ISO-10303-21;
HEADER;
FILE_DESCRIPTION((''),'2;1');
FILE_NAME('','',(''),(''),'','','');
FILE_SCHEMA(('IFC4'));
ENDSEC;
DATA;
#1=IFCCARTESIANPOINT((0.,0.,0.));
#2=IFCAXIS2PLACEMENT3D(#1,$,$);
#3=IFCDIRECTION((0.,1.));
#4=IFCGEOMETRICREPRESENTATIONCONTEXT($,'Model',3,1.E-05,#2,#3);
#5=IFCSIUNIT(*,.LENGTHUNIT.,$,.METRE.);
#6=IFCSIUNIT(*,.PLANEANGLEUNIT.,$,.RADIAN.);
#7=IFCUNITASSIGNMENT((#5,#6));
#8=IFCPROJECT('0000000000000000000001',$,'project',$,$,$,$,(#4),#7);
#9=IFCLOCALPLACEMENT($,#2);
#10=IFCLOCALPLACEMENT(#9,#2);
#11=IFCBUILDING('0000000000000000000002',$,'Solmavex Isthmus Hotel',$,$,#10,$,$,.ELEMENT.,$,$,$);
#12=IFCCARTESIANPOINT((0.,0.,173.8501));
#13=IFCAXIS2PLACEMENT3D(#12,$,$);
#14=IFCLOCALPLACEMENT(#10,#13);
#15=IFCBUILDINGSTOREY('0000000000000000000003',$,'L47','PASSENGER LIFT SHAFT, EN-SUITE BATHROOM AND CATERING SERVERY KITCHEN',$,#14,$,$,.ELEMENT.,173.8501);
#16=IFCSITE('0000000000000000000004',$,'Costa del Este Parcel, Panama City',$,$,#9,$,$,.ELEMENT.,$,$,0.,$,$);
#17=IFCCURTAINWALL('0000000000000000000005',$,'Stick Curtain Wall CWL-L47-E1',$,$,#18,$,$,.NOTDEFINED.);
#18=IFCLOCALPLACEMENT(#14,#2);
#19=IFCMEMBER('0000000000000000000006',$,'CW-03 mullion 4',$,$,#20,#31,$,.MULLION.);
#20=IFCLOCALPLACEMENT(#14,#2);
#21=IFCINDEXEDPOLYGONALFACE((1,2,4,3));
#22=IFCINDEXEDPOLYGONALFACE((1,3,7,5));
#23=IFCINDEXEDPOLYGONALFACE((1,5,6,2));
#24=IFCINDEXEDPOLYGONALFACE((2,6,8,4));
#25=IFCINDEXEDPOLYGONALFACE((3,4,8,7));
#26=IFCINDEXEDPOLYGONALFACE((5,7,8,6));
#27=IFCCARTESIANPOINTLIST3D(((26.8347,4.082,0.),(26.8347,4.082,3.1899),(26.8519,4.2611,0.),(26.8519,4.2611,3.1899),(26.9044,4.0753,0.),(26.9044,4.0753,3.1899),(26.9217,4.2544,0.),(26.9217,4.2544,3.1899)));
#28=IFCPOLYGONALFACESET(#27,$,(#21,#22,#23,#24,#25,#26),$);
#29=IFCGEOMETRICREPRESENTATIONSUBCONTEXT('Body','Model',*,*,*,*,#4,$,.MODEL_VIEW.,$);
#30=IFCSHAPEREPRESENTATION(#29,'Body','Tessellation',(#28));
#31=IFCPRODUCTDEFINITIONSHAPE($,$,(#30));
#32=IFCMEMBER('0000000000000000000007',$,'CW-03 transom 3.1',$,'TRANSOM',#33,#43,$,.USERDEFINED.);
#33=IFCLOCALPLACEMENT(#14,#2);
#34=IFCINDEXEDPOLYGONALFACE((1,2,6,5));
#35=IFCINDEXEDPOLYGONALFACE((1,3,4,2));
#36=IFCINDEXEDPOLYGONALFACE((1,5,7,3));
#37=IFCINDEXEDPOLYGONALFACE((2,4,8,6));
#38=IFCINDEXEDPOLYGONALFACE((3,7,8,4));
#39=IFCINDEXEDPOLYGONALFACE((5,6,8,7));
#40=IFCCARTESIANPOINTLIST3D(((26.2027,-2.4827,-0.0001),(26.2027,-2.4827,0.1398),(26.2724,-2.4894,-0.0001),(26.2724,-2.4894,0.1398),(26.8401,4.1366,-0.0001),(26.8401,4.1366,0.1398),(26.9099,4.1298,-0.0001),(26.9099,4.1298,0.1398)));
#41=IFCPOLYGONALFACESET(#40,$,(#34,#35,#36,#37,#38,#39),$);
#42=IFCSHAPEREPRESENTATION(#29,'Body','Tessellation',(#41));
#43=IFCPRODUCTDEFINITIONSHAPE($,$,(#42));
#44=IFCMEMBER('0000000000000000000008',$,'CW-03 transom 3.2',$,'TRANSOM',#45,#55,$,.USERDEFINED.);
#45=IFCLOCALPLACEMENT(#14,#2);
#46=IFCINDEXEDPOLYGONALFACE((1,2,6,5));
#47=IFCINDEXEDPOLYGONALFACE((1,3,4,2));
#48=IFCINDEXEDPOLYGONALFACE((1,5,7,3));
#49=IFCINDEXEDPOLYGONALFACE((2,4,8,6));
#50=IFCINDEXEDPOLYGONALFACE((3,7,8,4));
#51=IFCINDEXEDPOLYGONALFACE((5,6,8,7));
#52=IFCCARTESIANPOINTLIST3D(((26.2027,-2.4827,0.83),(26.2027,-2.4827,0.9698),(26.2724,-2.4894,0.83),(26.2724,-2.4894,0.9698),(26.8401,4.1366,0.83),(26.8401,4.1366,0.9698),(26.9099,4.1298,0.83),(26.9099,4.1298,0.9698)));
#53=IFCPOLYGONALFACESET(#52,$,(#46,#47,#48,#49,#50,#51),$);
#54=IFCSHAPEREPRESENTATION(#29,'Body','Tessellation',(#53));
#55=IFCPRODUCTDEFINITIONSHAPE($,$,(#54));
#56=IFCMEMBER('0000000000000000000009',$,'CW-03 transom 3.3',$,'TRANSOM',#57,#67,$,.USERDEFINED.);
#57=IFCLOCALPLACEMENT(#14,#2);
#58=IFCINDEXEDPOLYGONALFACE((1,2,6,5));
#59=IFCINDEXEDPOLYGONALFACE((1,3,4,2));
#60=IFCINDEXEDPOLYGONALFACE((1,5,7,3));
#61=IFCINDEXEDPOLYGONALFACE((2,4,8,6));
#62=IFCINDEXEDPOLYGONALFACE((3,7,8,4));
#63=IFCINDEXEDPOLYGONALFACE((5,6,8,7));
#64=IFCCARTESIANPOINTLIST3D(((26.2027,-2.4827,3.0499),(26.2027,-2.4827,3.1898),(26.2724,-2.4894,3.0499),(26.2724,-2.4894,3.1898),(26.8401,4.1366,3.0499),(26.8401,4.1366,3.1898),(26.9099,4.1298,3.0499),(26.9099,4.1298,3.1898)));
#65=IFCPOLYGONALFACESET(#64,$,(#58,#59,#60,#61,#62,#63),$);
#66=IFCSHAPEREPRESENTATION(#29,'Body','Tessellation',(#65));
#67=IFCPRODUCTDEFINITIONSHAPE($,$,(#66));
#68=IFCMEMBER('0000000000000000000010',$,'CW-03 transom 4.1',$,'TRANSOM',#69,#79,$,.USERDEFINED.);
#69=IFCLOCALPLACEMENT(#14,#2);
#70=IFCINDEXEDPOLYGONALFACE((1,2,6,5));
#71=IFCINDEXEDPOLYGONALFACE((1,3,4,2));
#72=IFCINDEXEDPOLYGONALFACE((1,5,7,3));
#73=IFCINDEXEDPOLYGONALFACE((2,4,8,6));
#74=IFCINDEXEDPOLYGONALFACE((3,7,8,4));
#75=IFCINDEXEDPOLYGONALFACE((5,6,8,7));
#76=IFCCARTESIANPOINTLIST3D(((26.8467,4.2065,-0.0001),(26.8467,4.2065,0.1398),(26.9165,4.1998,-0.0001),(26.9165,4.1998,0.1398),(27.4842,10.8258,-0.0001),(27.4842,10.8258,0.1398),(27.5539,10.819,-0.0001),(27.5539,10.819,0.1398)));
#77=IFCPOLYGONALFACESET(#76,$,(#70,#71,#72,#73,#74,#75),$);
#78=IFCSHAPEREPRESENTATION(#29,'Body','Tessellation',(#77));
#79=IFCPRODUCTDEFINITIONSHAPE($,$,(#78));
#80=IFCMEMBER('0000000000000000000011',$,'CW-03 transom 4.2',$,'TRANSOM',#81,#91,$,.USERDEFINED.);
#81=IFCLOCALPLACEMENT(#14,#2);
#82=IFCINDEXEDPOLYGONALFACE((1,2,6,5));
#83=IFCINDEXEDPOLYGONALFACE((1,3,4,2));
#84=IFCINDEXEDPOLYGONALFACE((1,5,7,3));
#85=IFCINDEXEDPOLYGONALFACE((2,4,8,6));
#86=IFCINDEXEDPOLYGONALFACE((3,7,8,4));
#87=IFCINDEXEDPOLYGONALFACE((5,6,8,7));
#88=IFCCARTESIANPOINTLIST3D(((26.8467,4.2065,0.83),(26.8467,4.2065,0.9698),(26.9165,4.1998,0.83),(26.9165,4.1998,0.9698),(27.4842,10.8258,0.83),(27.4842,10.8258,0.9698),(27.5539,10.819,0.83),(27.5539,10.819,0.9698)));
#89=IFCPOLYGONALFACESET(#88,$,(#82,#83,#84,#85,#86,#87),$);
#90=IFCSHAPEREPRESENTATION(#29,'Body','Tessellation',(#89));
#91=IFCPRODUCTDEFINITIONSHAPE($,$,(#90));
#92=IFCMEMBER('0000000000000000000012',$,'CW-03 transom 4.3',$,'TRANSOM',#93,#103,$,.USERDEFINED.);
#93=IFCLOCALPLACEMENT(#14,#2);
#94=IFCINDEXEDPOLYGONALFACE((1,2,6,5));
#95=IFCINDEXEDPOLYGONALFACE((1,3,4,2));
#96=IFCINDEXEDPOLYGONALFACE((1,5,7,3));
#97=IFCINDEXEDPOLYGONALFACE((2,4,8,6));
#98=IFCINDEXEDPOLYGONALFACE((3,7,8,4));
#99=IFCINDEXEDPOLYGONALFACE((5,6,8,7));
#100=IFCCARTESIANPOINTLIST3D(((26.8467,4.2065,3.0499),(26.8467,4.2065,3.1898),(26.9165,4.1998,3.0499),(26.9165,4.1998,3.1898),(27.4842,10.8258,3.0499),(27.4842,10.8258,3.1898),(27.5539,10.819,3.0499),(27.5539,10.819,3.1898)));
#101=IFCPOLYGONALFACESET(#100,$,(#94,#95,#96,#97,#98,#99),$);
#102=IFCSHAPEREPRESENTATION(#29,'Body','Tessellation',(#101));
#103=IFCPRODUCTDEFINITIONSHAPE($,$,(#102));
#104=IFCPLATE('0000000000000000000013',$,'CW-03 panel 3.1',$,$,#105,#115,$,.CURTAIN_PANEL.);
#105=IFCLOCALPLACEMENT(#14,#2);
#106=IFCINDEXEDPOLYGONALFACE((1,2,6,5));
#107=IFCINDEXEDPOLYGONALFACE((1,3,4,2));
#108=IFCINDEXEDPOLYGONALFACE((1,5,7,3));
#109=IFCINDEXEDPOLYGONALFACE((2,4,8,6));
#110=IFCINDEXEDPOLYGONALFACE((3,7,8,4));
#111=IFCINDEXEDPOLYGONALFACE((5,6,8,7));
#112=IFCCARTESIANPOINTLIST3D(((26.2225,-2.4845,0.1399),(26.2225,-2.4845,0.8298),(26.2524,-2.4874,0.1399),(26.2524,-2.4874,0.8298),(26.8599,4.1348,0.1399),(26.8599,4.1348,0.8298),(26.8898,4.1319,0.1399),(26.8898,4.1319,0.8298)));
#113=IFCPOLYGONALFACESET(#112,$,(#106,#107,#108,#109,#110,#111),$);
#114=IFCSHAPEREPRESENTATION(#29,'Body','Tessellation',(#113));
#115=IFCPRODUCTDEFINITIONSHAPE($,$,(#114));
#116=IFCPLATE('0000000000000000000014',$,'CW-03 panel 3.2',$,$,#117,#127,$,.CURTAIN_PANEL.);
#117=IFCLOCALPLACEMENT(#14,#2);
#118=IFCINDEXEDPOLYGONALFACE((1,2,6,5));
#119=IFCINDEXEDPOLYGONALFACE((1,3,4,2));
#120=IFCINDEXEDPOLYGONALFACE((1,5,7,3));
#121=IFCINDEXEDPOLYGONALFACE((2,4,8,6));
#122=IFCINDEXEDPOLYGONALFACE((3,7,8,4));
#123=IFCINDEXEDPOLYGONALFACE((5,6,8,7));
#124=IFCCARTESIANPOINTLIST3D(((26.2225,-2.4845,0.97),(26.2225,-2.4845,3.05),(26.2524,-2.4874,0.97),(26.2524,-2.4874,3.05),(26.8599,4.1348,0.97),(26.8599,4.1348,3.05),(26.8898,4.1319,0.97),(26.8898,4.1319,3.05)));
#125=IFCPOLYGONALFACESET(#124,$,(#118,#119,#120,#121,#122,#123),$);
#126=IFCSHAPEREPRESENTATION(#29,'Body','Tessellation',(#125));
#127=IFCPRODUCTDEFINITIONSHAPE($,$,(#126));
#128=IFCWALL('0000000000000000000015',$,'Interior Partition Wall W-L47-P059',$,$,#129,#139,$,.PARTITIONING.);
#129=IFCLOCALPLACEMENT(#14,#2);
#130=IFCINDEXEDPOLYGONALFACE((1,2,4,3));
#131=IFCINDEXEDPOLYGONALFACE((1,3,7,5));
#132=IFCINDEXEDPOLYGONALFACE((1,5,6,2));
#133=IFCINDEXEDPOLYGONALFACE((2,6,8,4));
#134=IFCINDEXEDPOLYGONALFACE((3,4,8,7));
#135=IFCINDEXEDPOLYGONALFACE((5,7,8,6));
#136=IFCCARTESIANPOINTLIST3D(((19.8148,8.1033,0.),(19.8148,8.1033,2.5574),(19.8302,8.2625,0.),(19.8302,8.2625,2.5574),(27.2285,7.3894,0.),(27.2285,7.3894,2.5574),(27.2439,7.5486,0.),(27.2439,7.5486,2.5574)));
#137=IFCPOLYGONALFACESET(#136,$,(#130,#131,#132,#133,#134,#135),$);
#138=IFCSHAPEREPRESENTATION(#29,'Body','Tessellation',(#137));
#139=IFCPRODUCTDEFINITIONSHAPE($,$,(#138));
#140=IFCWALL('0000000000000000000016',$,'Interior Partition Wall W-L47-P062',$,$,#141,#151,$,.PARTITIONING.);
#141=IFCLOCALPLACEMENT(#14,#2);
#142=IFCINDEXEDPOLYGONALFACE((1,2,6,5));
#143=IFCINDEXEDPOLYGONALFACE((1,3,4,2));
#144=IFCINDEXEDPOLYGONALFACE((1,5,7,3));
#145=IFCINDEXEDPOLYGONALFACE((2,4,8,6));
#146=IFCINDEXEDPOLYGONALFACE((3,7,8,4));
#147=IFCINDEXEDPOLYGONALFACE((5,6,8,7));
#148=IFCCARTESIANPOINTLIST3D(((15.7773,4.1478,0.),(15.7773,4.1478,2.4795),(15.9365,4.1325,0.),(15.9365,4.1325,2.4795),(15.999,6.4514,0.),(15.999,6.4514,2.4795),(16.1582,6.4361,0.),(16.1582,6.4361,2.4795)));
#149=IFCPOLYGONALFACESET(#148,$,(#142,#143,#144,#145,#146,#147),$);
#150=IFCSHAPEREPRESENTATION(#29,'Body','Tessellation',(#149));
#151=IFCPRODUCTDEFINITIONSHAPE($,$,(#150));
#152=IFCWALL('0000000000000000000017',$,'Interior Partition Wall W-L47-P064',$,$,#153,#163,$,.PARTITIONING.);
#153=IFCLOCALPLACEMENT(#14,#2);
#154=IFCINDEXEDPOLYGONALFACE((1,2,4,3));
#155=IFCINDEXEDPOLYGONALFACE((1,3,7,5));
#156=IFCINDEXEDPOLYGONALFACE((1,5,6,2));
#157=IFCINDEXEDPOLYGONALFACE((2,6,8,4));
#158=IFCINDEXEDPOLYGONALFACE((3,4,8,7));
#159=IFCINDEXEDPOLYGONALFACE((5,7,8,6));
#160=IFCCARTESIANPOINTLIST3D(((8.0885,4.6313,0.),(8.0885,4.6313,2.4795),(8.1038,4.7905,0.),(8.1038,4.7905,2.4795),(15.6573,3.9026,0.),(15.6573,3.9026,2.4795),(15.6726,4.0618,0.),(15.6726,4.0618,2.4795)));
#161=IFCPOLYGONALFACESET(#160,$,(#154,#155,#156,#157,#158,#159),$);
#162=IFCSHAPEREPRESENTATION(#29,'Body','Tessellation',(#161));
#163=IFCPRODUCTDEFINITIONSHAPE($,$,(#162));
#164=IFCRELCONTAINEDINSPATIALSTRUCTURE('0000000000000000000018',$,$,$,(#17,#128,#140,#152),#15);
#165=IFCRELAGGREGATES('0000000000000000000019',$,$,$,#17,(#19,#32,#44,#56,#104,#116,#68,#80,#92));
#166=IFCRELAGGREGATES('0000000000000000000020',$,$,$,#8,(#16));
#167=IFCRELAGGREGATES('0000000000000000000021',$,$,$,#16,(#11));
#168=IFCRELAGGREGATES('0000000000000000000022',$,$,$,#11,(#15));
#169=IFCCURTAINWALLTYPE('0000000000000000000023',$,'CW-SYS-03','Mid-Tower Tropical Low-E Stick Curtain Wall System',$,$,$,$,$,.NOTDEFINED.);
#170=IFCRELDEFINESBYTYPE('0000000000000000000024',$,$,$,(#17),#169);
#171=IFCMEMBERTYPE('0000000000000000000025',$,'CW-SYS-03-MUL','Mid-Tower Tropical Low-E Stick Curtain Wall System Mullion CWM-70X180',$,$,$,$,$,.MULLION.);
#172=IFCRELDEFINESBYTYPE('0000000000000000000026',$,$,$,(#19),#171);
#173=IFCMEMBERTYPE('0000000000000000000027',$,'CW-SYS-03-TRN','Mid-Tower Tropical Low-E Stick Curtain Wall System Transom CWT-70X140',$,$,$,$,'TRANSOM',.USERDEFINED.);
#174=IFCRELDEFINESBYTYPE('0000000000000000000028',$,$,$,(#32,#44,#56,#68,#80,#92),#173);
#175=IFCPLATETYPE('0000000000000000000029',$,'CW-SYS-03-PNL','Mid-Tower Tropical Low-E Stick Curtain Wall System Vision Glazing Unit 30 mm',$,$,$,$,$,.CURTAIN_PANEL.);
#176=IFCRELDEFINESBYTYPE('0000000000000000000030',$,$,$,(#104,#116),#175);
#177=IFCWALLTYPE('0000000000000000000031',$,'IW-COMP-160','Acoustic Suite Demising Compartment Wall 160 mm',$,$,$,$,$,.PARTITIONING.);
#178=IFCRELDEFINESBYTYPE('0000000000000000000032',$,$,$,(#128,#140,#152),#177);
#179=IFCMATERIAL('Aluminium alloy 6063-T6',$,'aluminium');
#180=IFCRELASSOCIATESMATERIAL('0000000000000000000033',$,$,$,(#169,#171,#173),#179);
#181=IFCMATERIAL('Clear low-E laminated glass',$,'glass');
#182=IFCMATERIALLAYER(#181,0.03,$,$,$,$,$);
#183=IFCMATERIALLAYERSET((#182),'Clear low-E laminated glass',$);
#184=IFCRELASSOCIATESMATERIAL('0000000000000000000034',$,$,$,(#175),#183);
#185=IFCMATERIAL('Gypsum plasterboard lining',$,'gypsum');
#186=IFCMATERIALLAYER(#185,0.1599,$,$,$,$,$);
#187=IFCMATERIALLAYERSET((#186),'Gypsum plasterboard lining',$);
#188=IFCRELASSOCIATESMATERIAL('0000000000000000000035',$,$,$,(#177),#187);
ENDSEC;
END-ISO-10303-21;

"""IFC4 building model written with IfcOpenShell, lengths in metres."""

from ifc_helpers import new_model, si_unit, direction, frame, frame_2d, origin, origin_2d, place, context, subcontext, project, spatial, rectangle, extrude, material, layer, layer_set, material_profile, profile_set, type_object, element, aggregate, save


model = new_model("IFC4")

# Units and contexts
model_context = context("Model", 3, precision=1e-05, world=origin(), true_north=direction((0.0, 1.0)))
body_context = subcontext(model_context, "Body", "Model", "MODEL_VIEW")
ifc_project = project(units=[si_unit("LENGTHUNIT", "METRE"), si_unit("PLANEANGLEUNIT", "RADIAN")], contexts=[model_context])

# Site, building, storey
site_placement = place(None, origin())
site = spatial("IfcSite", under=ifc_project, at=site_placement, Name="Costa del Este Parcel, Panama City", CompositionType="ELEMENT", RefElevation=0.0)
building_placement = place(site_placement, origin())
building = spatial("IfcBuilding", under=site, at=building_placement, Name="Solmavex Isthmus Hotel", CompositionType="ELEMENT")
storey_placement = place(building_placement, frame((0.0, 0.0, 173.8501)))
storey = spatial("IfcBuildingStorey", under=building, at=storey_placement, Name="L47", Description="PASSENGER LIFT SHAFT, EN-SUITE BATHROOM AND CATERING SERVERY KITCHEN", CompositionType="ELEMENT", Elevation=173.8501)

# Curtain wall, members, plates
ifc_material_1 = material(Name="Aluminium alloy 6063-T6", Category="aluminium")
curtain_wall_type = type_object("IfcCurtainWallType", Name="CW-SYS-03", Description="Mid-Tower Tropical Low-E Stick Curtain Wall System", PredefinedType="NOTDEFINED", material=ifc_material_1)
curtain_wall_placement = place(storey_placement, origin())
curtain_wall = element("IfcCurtainWall", 1, at=curtain_wall_placement, inside=storey, type_object=curtain_wall_type, Name="Stick Curtain Wall CWL-L47-E1", PredefinedType="NOTDEFINED")
ifc_material_profile_1 = material_profile(ifc_material_1, rectangle(XDim=0.0701, YDim=0.1799, at=origin_2d()), Name="CWM-70X180")
ifc_profile_set_1 = profile_set([ifc_material_profile_1], Name="Aluminium alloy 6063-T6")
member_type_1 = type_object("IfcMemberType", Name="CW-SYS-03-MUL", Description="Mid-Tower Tropical Low-E Stick Curtain Wall System Mullion CWM-70X180", PredefinedType="MULLION", material=ifc_profile_set_1)
member_1_placement = place(storey_placement, frame((26.8782, 4.1682, 0.0), z_axis=(0.0, 0.0, 1.0), x_axis=(-0.995396, 0.095846, 0.0)))
member_1 = element("IfcMember", 2, at=member_1_placement, type_object=member_type_1, Name="CW-03 mullion 4", PredefinedType="MULLION", context=body_context, shape_type="SweptSolid", body=[
    extrude(rectangle(XDim=0.0701, YDim=0.1799, at=origin_2d()), origin(), (0.0, 0.0, 1.0), 3.1899),
])
ifc_material_profile_2 = material_profile(ifc_material_1, rectangle(XDim=0.0701, YDim=0.1399, at=origin_2d()), Name="CWT-70X140")
ifc_profile_set_2 = profile_set([ifc_material_profile_2], Name="Aluminium alloy 6063-T6")
member_type_2 = type_object("IfcMemberType", Name="CW-SYS-03-TRN", Description="Mid-Tower Tropical Low-E Stick Curtain Wall System Transom CWT-70X140", ElementType="TRANSOM", PredefinedType="USERDEFINED", material=ifc_profile_set_2)
member_2_placement = place(storey_placement, frame((26.2375, -2.4861, 0.0698), z_axis=(0.095857, 0.995395, 0.0), x_axis=(-0.995395, 0.095857, 0.0)))
member_2 = element("IfcMember", 3, at=member_2_placement, type_object=member_type_2, Name="CW-03 transom 3.1", ObjectType="TRANSOM", PredefinedType="USERDEFINED", context=body_context, shape_type="SweptSolid", body=[
    extrude(rectangle(XDim=0.0701, YDim=0.1399, at=origin_2d()), origin(), (0.0, 0.0, 1.0), 6.6499),
])
member_3_placement = place(storey_placement, frame((26.2375, -2.4861, 0.8999), z_axis=(0.095857, 0.995395, 0.0), x_axis=(-0.995395, 0.095857, 0.0)))
member_3 = element("IfcMember", 4, at=member_3_placement, type_object=member_type_2, Name="CW-03 transom 3.2", ObjectType="TRANSOM", PredefinedType="USERDEFINED", context=body_context, shape_type="SweptSolid", body=[
    extrude(rectangle(XDim=0.0701, YDim=0.1399, at=origin_2d()), origin(), (0.0, 0.0, 1.0), 6.6499),
])
member_4_placement = place(storey_placement, frame((26.2375, -2.4861, 3.1199), z_axis=(0.095857, 0.995395, 0.0), x_axis=(-0.995395, 0.095857, 0.0)))
member_4 = element("IfcMember", 5, at=member_4_placement, type_object=member_type_2, Name="CW-03 transom 3.3", ObjectType="TRANSOM", PredefinedType="USERDEFINED", context=body_context, shape_type="SweptSolid", body=[
    extrude(rectangle(XDim=0.0701, YDim=0.1399, at=origin_2d()), origin(), (0.0, 0.0, 1.0), 6.6499),
])
member_5_placement = place(storey_placement, frame((26.8816, 4.2031, 0.0698), z_axis=(0.095857, 0.995395, 0.0), x_axis=(-0.995395, 0.095857, 0.0)))
member_5 = element("IfcMember", 6, at=member_5_placement, type_object=member_type_2, Name="CW-03 transom 4.1", ObjectType="TRANSOM", PredefinedType="USERDEFINED", context=body_context, shape_type="SweptSolid", body=[
    extrude(rectangle(XDim=0.0701, YDim=0.1399, at=origin_2d()), origin(), (0.0, 0.0, 1.0), 6.6499),
])
member_6_placement = place(storey_placement, frame((26.8816, 4.2031, 0.8999), z_axis=(0.095857, 0.995395, 0.0), x_axis=(-0.995395, 0.095857, 0.0)))
member_6 = element("IfcMember", 7, at=member_6_placement, type_object=member_type_2, Name="CW-03 transom 4.2", ObjectType="TRANSOM", PredefinedType="USERDEFINED", context=body_context, shape_type="SweptSolid", body=[
    extrude(rectangle(XDim=0.0701, YDim=0.1399, at=origin_2d()), origin(), (0.0, 0.0, 1.0), 6.6499),
])
member_7_placement = place(storey_placement, frame((26.8816, 4.2031, 3.1199), z_axis=(0.095857, 0.995395, 0.0), x_axis=(-0.995395, 0.095857, 0.0)))
member_7 = element("IfcMember", 8, at=member_7_placement, type_object=member_type_2, Name="CW-03 transom 4.3", ObjectType="TRANSOM", PredefinedType="USERDEFINED", context=body_context, shape_type="SweptSolid", body=[
    extrude(rectangle(XDim=0.0701, YDim=0.1399, at=origin_2d()), origin(), (0.0, 0.0, 1.0), 6.6499),
])
ifc_material_2 = material(Name="Clear low-E laminated glass", Category="glass")
ifc_layer_1 = layer(ifc_material_2, 0.03)
ifc_layer_set_1 = layer_set([ifc_layer_1], Name="Clear low-E laminated glass")
plate_type = type_object("IfcPlateType", Name="CW-SYS-03-PNL", Description="Mid-Tower Tropical Low-E Stick Curtain Wall System Vision Glazing Unit 30 mm", PredefinedType="CURTAIN_PANEL", material=ifc_layer_set_1)
plate_1_placement = place(storey_placement, frame((26.5562, 0.8237, 0.1399), z_axis=(0.0, 0.0, 1.0), x_axis=(0.095846, 0.995396, 0.0)))
plate_1 = element("IfcPlate", 9, at=plate_1_placement, type_object=plate_type, Name="CW-03 panel 3.1", PredefinedType="CURTAIN_PANEL", context=body_context, shape_type="SweptSolid", body=[
    extrude(rectangle(XDim=6.6499, YDim=0.03, at=origin_2d()), origin(), (0.0, 0.0, 1.0), 0.6899),
])
plate_2_placement = place(storey_placement, frame((26.5562, 0.8237, 0.97), z_axis=(0.0, 0.0, 1.0), x_axis=(0.095846, 0.995396, 0.0)))
plate_2 = element("IfcPlate", 10, at=plate_2_placement, type_object=plate_type, Name="CW-03 panel 3.2", PredefinedType="CURTAIN_PANEL", context=body_context, shape_type="SweptSolid", body=[
    extrude(rectangle(XDim=6.6499, YDim=0.03, at=origin_2d()), origin(), (0.0, 0.0, 1.0), 2.0801),
])
aggregate(curtain_wall, [member_1, member_2, member_3, member_4, plate_1, plate_2, member_5, member_6, member_7])

# Walls
ifc_material_3 = material(Name="Gypsum plasterboard lining", Category="gypsum")
ifc_layer_2 = layer(ifc_material_3, 0.1599)
ifc_layer_set_2 = layer_set([ifc_layer_2], Name="Gypsum plasterboard lining")
wall_type_1 = type_object("IfcWallType", Name="IW-COMP-160", Description="Acoustic Suite Demising Compartment Wall 160 mm", PredefinedType="PARTITIONING", material=ifc_layer_set_2)
wall_1_placement = place(storey_placement, frame((27.2363, 7.469, 0.0), z_axis=(0.0, 0.0, 1.0), x_axis=(-0.995396, 0.095845, 0.0)))
element("IfcWall", 11, at=wall_1_placement, inside=storey, type_object=wall_type_1, Name="Interior Partition Wall W-L47-P059", PredefinedType="PARTITIONING", context=body_context, shape_type="SweptSolid", body=[
    extrude(rectangle(XDim=7.448, YDim=0.1599, at=frame_2d((3.7241, 0.0))), origin(), (0.0, 0.0, 1.0), 2.5574),
])
wall_2_placement = place(storey_placement, frame((16.0786, 6.4438, 0.0), z_axis=(0.0, 0.0, 1.0), x_axis=(-0.095795, -0.995401, 0.0)))
element("IfcWall", 12, at=wall_2_placement, inside=storey, type_object=wall_type_1, Name="Interior Partition Wall W-L47-P062", PredefinedType="PARTITIONING", context=body_context, shape_type="SweptSolid", body=[
    extrude(rectangle(XDim=2.3142, YDim=0.1599, at=frame_2d((1.1572, 0.0))), origin(), (0.0, 0.0, 1.0), 2.4795),
])
wall_3_placement = place(storey_placement, frame((15.6648, 3.9822, 0.0), z_axis=(0.0, 0.0, 1.0), x_axis=(-0.995397, 0.095841, 0.0)))
element("IfcWall", 13, at=wall_3_placement, inside=storey, type_object=wall_type_1, Name="Interior Partition Wall W-L47-P064", PredefinedType="PARTITIONING", context=body_context, shape_type="SweptSolid", body=[
    extrude(rectangle(XDim=7.6038, YDim=0.1599, at=frame_2d((3.8018, 0.0))), origin(), (0.0, 0.0, 1.0), 2.4795),
])

save(model, "model.ifc")
